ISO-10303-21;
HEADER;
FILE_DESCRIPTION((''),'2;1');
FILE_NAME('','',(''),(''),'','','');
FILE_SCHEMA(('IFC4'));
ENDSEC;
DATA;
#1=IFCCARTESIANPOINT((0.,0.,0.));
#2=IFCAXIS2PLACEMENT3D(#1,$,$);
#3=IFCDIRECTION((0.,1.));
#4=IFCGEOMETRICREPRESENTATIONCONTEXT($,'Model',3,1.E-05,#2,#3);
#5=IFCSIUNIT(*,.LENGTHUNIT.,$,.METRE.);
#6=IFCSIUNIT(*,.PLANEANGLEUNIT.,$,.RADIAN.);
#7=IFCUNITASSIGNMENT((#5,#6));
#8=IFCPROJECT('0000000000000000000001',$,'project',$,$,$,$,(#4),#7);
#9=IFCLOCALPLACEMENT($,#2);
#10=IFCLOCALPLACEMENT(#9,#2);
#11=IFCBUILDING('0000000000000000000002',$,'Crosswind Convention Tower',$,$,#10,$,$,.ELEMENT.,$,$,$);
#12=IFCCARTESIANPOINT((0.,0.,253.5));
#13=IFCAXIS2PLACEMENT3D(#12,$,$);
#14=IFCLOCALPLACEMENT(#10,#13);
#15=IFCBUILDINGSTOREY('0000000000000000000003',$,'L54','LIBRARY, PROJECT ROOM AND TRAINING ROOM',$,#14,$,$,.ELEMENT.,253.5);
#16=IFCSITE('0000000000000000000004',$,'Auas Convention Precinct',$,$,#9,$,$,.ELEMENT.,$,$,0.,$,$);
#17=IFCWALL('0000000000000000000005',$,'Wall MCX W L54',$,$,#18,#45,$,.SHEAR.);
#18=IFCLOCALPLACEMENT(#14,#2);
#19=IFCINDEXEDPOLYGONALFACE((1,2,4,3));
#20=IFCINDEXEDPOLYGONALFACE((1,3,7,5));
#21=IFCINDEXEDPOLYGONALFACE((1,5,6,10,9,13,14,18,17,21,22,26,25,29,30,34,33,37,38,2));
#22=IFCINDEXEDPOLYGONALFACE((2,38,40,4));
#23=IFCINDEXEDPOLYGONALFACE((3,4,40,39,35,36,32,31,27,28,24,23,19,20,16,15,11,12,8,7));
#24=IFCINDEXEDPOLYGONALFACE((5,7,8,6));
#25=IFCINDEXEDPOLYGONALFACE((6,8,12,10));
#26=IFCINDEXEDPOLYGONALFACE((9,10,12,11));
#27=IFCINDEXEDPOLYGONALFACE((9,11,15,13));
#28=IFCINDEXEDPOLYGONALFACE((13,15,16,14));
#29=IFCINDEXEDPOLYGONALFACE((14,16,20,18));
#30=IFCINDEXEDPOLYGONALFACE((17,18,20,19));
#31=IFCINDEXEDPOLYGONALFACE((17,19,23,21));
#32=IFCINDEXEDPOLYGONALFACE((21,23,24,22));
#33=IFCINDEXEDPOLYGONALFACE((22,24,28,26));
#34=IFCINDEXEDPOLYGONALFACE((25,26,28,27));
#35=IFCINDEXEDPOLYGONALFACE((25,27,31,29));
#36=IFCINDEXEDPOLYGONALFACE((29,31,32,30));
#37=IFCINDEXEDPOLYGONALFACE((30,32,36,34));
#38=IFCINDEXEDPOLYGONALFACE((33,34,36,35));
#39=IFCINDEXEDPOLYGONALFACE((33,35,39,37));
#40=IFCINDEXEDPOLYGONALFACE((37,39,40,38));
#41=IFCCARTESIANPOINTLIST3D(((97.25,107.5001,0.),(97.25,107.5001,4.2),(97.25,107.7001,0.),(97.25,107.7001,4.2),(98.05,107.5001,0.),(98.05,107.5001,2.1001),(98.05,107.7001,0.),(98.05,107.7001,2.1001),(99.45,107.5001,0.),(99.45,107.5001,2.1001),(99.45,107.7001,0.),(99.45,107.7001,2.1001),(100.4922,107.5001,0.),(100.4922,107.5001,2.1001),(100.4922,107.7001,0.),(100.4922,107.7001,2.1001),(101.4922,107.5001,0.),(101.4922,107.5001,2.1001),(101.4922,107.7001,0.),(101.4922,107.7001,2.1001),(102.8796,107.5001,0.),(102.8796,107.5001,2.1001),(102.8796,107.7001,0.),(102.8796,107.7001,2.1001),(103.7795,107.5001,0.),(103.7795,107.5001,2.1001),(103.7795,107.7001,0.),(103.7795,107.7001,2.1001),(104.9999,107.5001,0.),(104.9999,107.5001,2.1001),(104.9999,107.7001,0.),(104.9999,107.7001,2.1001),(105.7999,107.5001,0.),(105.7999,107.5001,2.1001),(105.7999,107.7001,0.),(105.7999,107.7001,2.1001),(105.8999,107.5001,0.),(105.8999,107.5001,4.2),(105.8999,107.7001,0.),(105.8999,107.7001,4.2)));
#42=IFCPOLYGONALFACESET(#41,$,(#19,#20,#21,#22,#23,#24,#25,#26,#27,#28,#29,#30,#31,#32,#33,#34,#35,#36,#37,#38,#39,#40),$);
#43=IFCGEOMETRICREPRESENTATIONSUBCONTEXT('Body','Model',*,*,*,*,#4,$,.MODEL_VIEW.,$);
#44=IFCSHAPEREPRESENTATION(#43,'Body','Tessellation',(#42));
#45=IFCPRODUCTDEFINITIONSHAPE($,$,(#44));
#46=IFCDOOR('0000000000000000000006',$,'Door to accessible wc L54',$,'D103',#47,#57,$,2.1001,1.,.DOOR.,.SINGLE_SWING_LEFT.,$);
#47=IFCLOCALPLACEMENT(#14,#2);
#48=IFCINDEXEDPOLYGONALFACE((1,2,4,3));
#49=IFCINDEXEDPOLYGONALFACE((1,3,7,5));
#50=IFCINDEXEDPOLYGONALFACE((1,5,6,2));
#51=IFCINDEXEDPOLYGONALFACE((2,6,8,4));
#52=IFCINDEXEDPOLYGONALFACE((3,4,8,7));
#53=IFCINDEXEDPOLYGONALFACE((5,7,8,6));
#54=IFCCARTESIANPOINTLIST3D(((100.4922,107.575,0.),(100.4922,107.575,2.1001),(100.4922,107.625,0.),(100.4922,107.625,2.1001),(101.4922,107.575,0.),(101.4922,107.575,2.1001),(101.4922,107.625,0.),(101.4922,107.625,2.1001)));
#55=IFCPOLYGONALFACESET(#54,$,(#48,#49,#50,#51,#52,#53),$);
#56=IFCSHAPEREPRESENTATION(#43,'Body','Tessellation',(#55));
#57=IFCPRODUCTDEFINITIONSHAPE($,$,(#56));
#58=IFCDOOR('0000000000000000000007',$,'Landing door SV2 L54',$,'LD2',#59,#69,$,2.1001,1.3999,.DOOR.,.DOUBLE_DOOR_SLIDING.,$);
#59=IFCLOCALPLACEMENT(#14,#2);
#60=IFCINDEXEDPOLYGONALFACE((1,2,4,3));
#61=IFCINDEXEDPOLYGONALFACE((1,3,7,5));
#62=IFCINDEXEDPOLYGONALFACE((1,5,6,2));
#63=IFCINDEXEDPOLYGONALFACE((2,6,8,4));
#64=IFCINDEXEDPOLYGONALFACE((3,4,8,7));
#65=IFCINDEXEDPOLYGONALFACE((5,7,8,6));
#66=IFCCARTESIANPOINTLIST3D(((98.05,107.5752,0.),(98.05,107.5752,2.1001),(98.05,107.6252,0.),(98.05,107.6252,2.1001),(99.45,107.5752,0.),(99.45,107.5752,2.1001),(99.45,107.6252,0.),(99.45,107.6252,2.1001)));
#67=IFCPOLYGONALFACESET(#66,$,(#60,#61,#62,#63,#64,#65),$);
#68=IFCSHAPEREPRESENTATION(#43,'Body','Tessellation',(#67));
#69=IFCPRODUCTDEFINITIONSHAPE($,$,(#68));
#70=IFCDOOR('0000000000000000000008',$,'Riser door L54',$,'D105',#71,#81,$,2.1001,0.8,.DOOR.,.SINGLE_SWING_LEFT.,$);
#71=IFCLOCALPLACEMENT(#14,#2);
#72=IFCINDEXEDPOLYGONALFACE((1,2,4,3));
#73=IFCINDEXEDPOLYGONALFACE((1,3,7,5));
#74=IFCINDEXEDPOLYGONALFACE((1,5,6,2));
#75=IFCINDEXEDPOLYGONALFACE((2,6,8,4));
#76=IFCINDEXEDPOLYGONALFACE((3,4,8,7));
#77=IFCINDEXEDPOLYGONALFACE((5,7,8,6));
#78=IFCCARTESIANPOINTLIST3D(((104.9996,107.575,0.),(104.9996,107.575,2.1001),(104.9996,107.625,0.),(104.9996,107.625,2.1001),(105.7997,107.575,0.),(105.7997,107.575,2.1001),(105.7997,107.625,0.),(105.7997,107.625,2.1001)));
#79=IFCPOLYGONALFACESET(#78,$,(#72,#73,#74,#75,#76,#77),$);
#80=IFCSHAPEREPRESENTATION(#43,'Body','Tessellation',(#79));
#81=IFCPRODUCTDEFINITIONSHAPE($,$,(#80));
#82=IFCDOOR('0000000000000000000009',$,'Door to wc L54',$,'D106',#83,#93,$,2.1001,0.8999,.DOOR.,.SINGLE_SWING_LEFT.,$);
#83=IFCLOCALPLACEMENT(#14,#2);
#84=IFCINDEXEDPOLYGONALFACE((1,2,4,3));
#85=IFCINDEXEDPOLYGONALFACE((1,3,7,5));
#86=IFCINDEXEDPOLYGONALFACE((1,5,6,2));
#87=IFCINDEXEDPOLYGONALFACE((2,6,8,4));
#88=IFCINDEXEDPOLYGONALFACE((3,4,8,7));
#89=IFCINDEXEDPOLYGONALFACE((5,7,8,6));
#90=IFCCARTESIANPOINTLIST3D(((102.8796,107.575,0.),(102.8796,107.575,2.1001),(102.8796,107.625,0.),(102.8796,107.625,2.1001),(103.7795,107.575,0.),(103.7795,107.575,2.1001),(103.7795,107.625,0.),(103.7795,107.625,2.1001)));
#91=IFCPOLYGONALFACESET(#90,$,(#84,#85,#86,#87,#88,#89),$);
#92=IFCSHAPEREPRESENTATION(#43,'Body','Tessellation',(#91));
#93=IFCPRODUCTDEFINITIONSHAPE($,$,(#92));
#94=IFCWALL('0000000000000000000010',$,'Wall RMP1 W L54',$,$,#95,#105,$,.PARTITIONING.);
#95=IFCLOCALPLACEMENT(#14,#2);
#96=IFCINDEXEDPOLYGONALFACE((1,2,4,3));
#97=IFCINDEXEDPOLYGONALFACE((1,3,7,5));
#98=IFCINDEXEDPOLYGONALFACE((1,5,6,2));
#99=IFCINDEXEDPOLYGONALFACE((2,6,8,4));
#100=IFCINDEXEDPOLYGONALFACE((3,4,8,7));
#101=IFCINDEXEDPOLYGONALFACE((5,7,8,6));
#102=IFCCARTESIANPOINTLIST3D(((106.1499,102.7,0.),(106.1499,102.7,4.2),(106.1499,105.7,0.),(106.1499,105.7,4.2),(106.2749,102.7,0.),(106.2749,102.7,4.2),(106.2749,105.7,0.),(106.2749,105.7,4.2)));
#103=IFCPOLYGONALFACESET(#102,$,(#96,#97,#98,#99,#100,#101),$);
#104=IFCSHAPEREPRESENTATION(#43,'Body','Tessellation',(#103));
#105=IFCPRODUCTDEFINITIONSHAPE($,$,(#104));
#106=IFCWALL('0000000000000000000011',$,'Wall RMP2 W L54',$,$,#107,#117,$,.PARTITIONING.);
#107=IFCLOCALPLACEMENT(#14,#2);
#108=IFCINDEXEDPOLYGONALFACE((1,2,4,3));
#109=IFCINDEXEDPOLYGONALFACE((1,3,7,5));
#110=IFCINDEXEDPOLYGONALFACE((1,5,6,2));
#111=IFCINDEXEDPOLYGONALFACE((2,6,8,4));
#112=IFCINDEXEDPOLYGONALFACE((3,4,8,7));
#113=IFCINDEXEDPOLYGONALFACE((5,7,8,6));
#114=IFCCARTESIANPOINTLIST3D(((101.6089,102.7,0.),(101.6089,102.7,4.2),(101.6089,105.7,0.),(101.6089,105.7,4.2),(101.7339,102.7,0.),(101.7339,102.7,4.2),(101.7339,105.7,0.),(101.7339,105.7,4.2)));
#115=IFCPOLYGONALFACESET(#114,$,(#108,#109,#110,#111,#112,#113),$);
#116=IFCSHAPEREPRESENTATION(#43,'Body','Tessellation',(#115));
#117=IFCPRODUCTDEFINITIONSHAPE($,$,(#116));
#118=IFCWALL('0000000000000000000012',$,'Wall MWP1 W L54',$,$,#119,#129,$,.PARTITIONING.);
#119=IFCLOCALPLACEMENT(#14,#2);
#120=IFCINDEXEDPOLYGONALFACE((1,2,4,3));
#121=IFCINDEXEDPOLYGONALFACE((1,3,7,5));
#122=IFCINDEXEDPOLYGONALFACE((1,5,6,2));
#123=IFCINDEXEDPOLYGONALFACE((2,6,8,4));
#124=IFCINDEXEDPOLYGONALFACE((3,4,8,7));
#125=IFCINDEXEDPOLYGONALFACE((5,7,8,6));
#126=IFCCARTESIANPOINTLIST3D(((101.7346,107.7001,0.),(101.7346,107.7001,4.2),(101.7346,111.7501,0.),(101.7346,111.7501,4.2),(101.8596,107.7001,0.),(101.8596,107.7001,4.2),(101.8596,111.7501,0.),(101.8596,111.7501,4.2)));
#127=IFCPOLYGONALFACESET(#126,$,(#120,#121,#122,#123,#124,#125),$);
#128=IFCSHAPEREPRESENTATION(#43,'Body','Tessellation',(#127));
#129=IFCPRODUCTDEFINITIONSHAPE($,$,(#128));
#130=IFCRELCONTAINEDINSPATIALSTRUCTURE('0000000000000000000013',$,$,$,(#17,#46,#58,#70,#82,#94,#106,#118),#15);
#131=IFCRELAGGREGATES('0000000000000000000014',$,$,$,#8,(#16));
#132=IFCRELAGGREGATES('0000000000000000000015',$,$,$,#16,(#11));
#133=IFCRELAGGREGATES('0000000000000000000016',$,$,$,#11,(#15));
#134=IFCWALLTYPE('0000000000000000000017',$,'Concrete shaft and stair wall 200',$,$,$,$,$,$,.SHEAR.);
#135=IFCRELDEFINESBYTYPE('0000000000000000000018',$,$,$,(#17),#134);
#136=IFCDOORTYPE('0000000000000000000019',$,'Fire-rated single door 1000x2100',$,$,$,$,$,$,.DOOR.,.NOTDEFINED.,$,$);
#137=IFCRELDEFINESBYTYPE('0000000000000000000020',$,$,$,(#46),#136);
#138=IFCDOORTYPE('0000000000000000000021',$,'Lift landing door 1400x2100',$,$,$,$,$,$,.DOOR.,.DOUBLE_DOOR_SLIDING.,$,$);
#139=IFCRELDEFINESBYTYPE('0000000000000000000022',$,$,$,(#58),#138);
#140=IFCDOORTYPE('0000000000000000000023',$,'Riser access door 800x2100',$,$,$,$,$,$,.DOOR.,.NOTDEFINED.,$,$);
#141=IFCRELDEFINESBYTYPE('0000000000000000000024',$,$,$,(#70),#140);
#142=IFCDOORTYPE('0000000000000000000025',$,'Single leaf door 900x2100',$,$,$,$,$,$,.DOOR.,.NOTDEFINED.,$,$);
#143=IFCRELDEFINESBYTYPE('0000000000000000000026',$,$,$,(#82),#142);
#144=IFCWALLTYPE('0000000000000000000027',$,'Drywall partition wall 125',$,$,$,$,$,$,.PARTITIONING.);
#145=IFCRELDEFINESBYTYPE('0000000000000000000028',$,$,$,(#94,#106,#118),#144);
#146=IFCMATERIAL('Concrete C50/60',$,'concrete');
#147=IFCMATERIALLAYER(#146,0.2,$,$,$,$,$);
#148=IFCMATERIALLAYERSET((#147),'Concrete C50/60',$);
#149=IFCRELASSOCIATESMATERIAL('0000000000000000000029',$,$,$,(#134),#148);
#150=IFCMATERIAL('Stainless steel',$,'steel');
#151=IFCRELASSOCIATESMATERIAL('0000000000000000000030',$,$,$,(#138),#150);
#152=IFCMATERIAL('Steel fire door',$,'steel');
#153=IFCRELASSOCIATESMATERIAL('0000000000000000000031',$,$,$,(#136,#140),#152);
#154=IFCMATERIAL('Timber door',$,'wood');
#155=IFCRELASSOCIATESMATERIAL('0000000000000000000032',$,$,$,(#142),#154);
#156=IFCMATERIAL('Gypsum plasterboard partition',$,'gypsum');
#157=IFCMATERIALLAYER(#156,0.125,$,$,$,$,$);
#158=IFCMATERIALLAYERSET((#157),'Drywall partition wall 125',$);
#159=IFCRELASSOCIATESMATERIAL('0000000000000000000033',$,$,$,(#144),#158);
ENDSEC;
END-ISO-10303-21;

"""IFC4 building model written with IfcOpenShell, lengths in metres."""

from ifc_helpers import new_model, si_unit, direction, frame, frame_2d, origin, place, context, subcontext, project, spatial, rectangle, extrude, material, layer, layer_set, type_object, element, fill, save


model = new_model("IFC4")

# Units and contexts
model_context = context("Model", 3, precision=1e-05, world=origin(), true_north=direction((0.0, 1.0)))
body_context = subcontext(model_context, "Body", "Model", "MODEL_VIEW")
ifc_project = project(units=[si_unit("LENGTHUNIT", "METRE"), si_unit("PLANEANGLEUNIT", "RADIAN")], contexts=[model_context])

# Site, building, storey
site_placement = place(None, origin())
site = spatial("IfcSite", under=ifc_project, at=site_placement, Name="Auas Convention Precinct", CompositionType="ELEMENT", RefElevation=0.0)
building_placement = place(site_placement, origin())
building = spatial("IfcBuilding", under=site, at=building_placement, Name="Crosswind Convention Tower", CompositionType="ELEMENT")
storey_placement = place(building_placement, frame((0.0, 0.0, 253.5)))
storey = spatial("IfcBuildingStorey", under=building, at=storey_placement, Name="L54", Description="LIBRARY, PROJECT ROOM AND TRAINING ROOM", CompositionType="ELEMENT", Elevation=253.5)

# Shared definitions
ifc_material_1 = material(Name="Concrete C50/60", Category="concrete")
ifc_layer_1 = layer(ifc_material_1, 0.2)
ifc_layer_set_1 = layer_set([ifc_layer_1], Name="Concrete C50/60")
wall_type_1 = type_object("IfcWallType", Name="Concrete shaft and stair wall 200", PredefinedType="SHEAR", material=ifc_layer_set_1)

# Shared definitions
ifc_material_2 = material(Name="Stainless steel", Category="steel")
door_type_1 = type_object("IfcDoorType", Name="Lift landing door 1400x2100", OperationType="DOUBLE_DOOR_SLIDING", PredefinedType="DOOR", material=ifc_material_2)

# Wall, openings, doors
wall_1_placement = place(storey_placement, frame((105.8999, 107.6001, 0.0), z_axis=(0.0, 0.0, 1.0), x_axis=(-1.0, 0.0, 0.0)))
wall_1 = element("IfcWall", 1, at=wall_1_placement, inside=storey, type_object=wall_type_1, Name="Wall MCX W L54", PredefinedType="SHEAR", context=body_context, shape_type="SweptSolid", body=[
    extrude(rectangle(XDim=8.6499, YDim=0.2, at=frame_2d((4.325, 0.0))), origin(), (0.0, 0.0, 1.0), 4.2),
])
opening_1_placement = place(wall_1_placement, frame((0.1001, 0.0, 0.0)))
opening_1 = element("IfcOpeningElement", 2, at=opening_1_placement, cuts=wall_1, PredefinedType="OPENING", context=body_context, shape_type="SweptSolid", body=[
    extrude(rectangle(XDim=0.8, YDim=2.1001, at=frame_2d((0.3999, 1.05))), frame((0.0, 0.1099, 0.0), z_axis=(0.0, -1.0, 0.0), x_axis=(1.0, 0.0, 0.0)), (0.0, 0.0, 1.0), 0.22),
])
opening_2_placement = place(wall_1_placement, frame((2.1204, 0.0, 0.0)))
opening_2 = element("IfcOpeningElement", 3, at=opening_2_placement, cuts=wall_1, PredefinedType="OPENING", context=body_context, shape_type="SweptSolid", body=[
    extrude(rectangle(XDim=0.8999, YDim=2.1001, at=frame_2d((0.45, 1.05))), frame((0.0, 0.1099, 0.0), z_axis=(0.0, -1.0, 0.0), x_axis=(1.0, 0.0, 0.0)), (0.0, 0.0, 1.0), 0.22),
])
opening_3_placement = place(wall_1_placement, frame((4.4077, 0.0, 0.0)))
opening_3 = element("IfcOpeningElement", 4, at=opening_3_placement, cuts=wall_1, PredefinedType="OPENING", context=body_context, shape_type="SweptSolid", body=[
    extrude(rectangle(XDim=1.0, YDim=2.1001, at=frame_2d((0.5, 1.05))), frame((0.0, 0.1099, 0.0), z_axis=(0.0, -1.0, 0.0), x_axis=(1.0, 0.0, 0.0)), (0.0, 0.0, 1.0), 0.22),
])
opening_4_placement = place(wall_1_placement, frame((6.45, 0.0, 0.0)))
opening_4 = element("IfcOpeningElement", 5, at=opening_4_placement, cuts=wall_1, PredefinedType="OPENING", context=body_context, shape_type="SweptSolid", body=[
    extrude(rectangle(XDim=1.3999, YDim=2.1001, at=frame_2d((0.7, 1.05))), frame((0.0, 0.1099, 0.0), z_axis=(0.0, -1.0, 0.0), x_axis=(1.0, 0.0, 0.0)), (0.0, 0.0, 1.0), 0.22),
])
ifc_material_3 = material(Name="Steel fire door", Category="steel")
door_type_2 = type_object("IfcDoorType", Name="Fire-rated single door 1000x2100", OperationType="NOTDEFINED", PredefinedType="DOOR", material=ifc_material_3)
door_1_placement = place(opening_3_placement, frame((1.0, 0.0, 0.0), z_axis=(0.0, 0.0, 1.0), x_axis=(-1.0, 0.0, 0.0)))
door_1 = element("IfcDoor", 6, at=door_1_placement, inside=storey, type_object=door_type_2, Name="Door to accessible wc L54", ObjectType="D103", OperationType="SINGLE_SWING_LEFT", OverallHeight=2.1001, OverallWidth=1.0, PredefinedType="DOOR", context=body_context, shape_type="SweptSolid", body=[
    extrude(rectangle(XDim=1.0, YDim=2.1001, at=frame_2d((0.5, 1.05))), frame((0.0, 0.0249, 0.0), z_axis=(0.0, -1.0, 0.0), x_axis=(1.0, 0.0, 0.0)), (0.0, 0.0, 1.0), 0.05),
])
fill(opening_3, door_1)
door_2_placement = place(opening_4_placement, origin())
door_2 = element("IfcDoor", 7, at=door_2_placement, inside=storey, type_object=door_type_1, Name="Landing door SV2 L54", ObjectType="LD2", OperationType="DOUBLE_DOOR_SLIDING", OverallHeight=2.1001, OverallWidth=1.3999, PredefinedType="DOOR", context=body_context, shape_type="SweptSolid", body=[
    extrude(rectangle(XDim=1.3999, YDim=2.1001, at=frame_2d((0.7, 1.05))), frame((0.0, 0.0249, 0.0), z_axis=(0.0, -1.0, 0.0), x_axis=(1.0, 0.0, 0.0)), (0.0, 0.0, 1.0), 0.05),
])
fill(opening_4, door_2)
door_type_3 = type_object("IfcDoorType", Name="Riser access door 800x2100", OperationType="NOTDEFINED", PredefinedType="DOOR", material=ifc_material_3)
door_3_placement = place(opening_1_placement, frame((0.8, 0.0, 0.0), z_axis=(0.0, 0.0, 1.0), x_axis=(-1.0, 0.0, 0.0)))
door_3 = element("IfcDoor", 8, at=door_3_placement, inside=storey, type_object=door_type_3, Name="Riser door L54", ObjectType="D105", OperationType="SINGLE_SWING_LEFT", OverallHeight=2.1001, OverallWidth=0.8, PredefinedType="DOOR", context=body_context, shape_type="SweptSolid", body=[
    extrude(rectangle(XDim=0.8, YDim=2.1001, at=frame_2d((0.3999, 1.05))), frame((0.0, 0.0249, 0.0), z_axis=(0.0, -1.0, 0.0), x_axis=(1.0, 0.0, 0.0)), (0.0, 0.0, 1.0), 0.05),
])
fill(opening_1, door_3)
ifc_material_4 = material(Name="Timber door", Category="wood")
door_type_4 = type_object("IfcDoorType", Name="Single leaf door 900x2100", OperationType="NOTDEFINED", PredefinedType="DOOR", material=ifc_material_4)
door_4_placement = place(opening_2_placement, frame((0.8999, 0.0, 0.0), z_axis=(0.0, 0.0, 1.0), x_axis=(-1.0, 0.0, 0.0)))
door_4 = element("IfcDoor", 9, at=door_4_placement, inside=storey, type_object=door_type_4, Name="Door to wc L54", ObjectType="D106", OperationType="SINGLE_SWING_LEFT", OverallHeight=2.1001, OverallWidth=0.8999, PredefinedType="DOOR", context=body_context, shape_type="SweptSolid", body=[
    extrude(rectangle(XDim=0.8999, YDim=2.1001, at=frame_2d((0.45, 1.05))), frame((0.0, 0.0249, 0.0), z_axis=(0.0, -1.0, 0.0), x_axis=(1.0, 0.0, 0.0)), (0.0, 0.0, 1.0), 0.05),
])
fill(opening_2, door_4)

# Walls
ifc_material_5 = material(Name="Gypsum plasterboard partition", Category="gypsum")
ifc_layer_2 = layer(ifc_material_5, 0.125)
ifc_layer_set_2 = layer_set([ifc_layer_2], Name="Drywall partition wall 125")
wall_type_2 = type_object("IfcWallType", Name="Drywall partition wall 125", PredefinedType="PARTITIONING", material=ifc_layer_set_2)
for number, where, z_axis, x_axis, name in (
    (10, (106.2124, 105.7, 0.0), (0.0, 0.0, 1.0), (0.0, -1.0, 0.0), "Wall RMP1 W L54"),
    (11, (101.6714, 105.7, 0.0), (0.0, 0.0, 1.0), (0.0, -1.0, 0.0), "Wall RMP2 W L54"),
):
    element("IfcWall", number, at=place(storey_placement, frame(where, z_axis=z_axis, x_axis=x_axis)), inside=storey, type_object=wall_type_2, Name=name, PredefinedType="PARTITIONING", context=body_context, shape_type="SweptSolid", body=[
        extrude(rectangle(XDim=3.0, YDim=0.125, at=frame_2d((1.5, 0.0))), origin(), (0.0, 0.0, 1.0), 4.2),
    ])
wall_2_placement = place(storey_placement, frame((101.7971, 111.75, 0.0), z_axis=(0.0, 0.0, 1.0), x_axis=(0.0, -1.0, 0.0)))
element("IfcWall", 12, at=wall_2_placement, inside=storey, type_object=wall_type_2, Name="Wall MWP1 W L54", PredefinedType="PARTITIONING", context=body_context, shape_type="SweptSolid", body=[
    extrude(rectangle(XDim=4.05, YDim=0.125, at=frame_2d((2.0249, 0.0))), origin(), (0.0, 0.0, 1.0), 4.2),
])

save(model, "model.ifc")
